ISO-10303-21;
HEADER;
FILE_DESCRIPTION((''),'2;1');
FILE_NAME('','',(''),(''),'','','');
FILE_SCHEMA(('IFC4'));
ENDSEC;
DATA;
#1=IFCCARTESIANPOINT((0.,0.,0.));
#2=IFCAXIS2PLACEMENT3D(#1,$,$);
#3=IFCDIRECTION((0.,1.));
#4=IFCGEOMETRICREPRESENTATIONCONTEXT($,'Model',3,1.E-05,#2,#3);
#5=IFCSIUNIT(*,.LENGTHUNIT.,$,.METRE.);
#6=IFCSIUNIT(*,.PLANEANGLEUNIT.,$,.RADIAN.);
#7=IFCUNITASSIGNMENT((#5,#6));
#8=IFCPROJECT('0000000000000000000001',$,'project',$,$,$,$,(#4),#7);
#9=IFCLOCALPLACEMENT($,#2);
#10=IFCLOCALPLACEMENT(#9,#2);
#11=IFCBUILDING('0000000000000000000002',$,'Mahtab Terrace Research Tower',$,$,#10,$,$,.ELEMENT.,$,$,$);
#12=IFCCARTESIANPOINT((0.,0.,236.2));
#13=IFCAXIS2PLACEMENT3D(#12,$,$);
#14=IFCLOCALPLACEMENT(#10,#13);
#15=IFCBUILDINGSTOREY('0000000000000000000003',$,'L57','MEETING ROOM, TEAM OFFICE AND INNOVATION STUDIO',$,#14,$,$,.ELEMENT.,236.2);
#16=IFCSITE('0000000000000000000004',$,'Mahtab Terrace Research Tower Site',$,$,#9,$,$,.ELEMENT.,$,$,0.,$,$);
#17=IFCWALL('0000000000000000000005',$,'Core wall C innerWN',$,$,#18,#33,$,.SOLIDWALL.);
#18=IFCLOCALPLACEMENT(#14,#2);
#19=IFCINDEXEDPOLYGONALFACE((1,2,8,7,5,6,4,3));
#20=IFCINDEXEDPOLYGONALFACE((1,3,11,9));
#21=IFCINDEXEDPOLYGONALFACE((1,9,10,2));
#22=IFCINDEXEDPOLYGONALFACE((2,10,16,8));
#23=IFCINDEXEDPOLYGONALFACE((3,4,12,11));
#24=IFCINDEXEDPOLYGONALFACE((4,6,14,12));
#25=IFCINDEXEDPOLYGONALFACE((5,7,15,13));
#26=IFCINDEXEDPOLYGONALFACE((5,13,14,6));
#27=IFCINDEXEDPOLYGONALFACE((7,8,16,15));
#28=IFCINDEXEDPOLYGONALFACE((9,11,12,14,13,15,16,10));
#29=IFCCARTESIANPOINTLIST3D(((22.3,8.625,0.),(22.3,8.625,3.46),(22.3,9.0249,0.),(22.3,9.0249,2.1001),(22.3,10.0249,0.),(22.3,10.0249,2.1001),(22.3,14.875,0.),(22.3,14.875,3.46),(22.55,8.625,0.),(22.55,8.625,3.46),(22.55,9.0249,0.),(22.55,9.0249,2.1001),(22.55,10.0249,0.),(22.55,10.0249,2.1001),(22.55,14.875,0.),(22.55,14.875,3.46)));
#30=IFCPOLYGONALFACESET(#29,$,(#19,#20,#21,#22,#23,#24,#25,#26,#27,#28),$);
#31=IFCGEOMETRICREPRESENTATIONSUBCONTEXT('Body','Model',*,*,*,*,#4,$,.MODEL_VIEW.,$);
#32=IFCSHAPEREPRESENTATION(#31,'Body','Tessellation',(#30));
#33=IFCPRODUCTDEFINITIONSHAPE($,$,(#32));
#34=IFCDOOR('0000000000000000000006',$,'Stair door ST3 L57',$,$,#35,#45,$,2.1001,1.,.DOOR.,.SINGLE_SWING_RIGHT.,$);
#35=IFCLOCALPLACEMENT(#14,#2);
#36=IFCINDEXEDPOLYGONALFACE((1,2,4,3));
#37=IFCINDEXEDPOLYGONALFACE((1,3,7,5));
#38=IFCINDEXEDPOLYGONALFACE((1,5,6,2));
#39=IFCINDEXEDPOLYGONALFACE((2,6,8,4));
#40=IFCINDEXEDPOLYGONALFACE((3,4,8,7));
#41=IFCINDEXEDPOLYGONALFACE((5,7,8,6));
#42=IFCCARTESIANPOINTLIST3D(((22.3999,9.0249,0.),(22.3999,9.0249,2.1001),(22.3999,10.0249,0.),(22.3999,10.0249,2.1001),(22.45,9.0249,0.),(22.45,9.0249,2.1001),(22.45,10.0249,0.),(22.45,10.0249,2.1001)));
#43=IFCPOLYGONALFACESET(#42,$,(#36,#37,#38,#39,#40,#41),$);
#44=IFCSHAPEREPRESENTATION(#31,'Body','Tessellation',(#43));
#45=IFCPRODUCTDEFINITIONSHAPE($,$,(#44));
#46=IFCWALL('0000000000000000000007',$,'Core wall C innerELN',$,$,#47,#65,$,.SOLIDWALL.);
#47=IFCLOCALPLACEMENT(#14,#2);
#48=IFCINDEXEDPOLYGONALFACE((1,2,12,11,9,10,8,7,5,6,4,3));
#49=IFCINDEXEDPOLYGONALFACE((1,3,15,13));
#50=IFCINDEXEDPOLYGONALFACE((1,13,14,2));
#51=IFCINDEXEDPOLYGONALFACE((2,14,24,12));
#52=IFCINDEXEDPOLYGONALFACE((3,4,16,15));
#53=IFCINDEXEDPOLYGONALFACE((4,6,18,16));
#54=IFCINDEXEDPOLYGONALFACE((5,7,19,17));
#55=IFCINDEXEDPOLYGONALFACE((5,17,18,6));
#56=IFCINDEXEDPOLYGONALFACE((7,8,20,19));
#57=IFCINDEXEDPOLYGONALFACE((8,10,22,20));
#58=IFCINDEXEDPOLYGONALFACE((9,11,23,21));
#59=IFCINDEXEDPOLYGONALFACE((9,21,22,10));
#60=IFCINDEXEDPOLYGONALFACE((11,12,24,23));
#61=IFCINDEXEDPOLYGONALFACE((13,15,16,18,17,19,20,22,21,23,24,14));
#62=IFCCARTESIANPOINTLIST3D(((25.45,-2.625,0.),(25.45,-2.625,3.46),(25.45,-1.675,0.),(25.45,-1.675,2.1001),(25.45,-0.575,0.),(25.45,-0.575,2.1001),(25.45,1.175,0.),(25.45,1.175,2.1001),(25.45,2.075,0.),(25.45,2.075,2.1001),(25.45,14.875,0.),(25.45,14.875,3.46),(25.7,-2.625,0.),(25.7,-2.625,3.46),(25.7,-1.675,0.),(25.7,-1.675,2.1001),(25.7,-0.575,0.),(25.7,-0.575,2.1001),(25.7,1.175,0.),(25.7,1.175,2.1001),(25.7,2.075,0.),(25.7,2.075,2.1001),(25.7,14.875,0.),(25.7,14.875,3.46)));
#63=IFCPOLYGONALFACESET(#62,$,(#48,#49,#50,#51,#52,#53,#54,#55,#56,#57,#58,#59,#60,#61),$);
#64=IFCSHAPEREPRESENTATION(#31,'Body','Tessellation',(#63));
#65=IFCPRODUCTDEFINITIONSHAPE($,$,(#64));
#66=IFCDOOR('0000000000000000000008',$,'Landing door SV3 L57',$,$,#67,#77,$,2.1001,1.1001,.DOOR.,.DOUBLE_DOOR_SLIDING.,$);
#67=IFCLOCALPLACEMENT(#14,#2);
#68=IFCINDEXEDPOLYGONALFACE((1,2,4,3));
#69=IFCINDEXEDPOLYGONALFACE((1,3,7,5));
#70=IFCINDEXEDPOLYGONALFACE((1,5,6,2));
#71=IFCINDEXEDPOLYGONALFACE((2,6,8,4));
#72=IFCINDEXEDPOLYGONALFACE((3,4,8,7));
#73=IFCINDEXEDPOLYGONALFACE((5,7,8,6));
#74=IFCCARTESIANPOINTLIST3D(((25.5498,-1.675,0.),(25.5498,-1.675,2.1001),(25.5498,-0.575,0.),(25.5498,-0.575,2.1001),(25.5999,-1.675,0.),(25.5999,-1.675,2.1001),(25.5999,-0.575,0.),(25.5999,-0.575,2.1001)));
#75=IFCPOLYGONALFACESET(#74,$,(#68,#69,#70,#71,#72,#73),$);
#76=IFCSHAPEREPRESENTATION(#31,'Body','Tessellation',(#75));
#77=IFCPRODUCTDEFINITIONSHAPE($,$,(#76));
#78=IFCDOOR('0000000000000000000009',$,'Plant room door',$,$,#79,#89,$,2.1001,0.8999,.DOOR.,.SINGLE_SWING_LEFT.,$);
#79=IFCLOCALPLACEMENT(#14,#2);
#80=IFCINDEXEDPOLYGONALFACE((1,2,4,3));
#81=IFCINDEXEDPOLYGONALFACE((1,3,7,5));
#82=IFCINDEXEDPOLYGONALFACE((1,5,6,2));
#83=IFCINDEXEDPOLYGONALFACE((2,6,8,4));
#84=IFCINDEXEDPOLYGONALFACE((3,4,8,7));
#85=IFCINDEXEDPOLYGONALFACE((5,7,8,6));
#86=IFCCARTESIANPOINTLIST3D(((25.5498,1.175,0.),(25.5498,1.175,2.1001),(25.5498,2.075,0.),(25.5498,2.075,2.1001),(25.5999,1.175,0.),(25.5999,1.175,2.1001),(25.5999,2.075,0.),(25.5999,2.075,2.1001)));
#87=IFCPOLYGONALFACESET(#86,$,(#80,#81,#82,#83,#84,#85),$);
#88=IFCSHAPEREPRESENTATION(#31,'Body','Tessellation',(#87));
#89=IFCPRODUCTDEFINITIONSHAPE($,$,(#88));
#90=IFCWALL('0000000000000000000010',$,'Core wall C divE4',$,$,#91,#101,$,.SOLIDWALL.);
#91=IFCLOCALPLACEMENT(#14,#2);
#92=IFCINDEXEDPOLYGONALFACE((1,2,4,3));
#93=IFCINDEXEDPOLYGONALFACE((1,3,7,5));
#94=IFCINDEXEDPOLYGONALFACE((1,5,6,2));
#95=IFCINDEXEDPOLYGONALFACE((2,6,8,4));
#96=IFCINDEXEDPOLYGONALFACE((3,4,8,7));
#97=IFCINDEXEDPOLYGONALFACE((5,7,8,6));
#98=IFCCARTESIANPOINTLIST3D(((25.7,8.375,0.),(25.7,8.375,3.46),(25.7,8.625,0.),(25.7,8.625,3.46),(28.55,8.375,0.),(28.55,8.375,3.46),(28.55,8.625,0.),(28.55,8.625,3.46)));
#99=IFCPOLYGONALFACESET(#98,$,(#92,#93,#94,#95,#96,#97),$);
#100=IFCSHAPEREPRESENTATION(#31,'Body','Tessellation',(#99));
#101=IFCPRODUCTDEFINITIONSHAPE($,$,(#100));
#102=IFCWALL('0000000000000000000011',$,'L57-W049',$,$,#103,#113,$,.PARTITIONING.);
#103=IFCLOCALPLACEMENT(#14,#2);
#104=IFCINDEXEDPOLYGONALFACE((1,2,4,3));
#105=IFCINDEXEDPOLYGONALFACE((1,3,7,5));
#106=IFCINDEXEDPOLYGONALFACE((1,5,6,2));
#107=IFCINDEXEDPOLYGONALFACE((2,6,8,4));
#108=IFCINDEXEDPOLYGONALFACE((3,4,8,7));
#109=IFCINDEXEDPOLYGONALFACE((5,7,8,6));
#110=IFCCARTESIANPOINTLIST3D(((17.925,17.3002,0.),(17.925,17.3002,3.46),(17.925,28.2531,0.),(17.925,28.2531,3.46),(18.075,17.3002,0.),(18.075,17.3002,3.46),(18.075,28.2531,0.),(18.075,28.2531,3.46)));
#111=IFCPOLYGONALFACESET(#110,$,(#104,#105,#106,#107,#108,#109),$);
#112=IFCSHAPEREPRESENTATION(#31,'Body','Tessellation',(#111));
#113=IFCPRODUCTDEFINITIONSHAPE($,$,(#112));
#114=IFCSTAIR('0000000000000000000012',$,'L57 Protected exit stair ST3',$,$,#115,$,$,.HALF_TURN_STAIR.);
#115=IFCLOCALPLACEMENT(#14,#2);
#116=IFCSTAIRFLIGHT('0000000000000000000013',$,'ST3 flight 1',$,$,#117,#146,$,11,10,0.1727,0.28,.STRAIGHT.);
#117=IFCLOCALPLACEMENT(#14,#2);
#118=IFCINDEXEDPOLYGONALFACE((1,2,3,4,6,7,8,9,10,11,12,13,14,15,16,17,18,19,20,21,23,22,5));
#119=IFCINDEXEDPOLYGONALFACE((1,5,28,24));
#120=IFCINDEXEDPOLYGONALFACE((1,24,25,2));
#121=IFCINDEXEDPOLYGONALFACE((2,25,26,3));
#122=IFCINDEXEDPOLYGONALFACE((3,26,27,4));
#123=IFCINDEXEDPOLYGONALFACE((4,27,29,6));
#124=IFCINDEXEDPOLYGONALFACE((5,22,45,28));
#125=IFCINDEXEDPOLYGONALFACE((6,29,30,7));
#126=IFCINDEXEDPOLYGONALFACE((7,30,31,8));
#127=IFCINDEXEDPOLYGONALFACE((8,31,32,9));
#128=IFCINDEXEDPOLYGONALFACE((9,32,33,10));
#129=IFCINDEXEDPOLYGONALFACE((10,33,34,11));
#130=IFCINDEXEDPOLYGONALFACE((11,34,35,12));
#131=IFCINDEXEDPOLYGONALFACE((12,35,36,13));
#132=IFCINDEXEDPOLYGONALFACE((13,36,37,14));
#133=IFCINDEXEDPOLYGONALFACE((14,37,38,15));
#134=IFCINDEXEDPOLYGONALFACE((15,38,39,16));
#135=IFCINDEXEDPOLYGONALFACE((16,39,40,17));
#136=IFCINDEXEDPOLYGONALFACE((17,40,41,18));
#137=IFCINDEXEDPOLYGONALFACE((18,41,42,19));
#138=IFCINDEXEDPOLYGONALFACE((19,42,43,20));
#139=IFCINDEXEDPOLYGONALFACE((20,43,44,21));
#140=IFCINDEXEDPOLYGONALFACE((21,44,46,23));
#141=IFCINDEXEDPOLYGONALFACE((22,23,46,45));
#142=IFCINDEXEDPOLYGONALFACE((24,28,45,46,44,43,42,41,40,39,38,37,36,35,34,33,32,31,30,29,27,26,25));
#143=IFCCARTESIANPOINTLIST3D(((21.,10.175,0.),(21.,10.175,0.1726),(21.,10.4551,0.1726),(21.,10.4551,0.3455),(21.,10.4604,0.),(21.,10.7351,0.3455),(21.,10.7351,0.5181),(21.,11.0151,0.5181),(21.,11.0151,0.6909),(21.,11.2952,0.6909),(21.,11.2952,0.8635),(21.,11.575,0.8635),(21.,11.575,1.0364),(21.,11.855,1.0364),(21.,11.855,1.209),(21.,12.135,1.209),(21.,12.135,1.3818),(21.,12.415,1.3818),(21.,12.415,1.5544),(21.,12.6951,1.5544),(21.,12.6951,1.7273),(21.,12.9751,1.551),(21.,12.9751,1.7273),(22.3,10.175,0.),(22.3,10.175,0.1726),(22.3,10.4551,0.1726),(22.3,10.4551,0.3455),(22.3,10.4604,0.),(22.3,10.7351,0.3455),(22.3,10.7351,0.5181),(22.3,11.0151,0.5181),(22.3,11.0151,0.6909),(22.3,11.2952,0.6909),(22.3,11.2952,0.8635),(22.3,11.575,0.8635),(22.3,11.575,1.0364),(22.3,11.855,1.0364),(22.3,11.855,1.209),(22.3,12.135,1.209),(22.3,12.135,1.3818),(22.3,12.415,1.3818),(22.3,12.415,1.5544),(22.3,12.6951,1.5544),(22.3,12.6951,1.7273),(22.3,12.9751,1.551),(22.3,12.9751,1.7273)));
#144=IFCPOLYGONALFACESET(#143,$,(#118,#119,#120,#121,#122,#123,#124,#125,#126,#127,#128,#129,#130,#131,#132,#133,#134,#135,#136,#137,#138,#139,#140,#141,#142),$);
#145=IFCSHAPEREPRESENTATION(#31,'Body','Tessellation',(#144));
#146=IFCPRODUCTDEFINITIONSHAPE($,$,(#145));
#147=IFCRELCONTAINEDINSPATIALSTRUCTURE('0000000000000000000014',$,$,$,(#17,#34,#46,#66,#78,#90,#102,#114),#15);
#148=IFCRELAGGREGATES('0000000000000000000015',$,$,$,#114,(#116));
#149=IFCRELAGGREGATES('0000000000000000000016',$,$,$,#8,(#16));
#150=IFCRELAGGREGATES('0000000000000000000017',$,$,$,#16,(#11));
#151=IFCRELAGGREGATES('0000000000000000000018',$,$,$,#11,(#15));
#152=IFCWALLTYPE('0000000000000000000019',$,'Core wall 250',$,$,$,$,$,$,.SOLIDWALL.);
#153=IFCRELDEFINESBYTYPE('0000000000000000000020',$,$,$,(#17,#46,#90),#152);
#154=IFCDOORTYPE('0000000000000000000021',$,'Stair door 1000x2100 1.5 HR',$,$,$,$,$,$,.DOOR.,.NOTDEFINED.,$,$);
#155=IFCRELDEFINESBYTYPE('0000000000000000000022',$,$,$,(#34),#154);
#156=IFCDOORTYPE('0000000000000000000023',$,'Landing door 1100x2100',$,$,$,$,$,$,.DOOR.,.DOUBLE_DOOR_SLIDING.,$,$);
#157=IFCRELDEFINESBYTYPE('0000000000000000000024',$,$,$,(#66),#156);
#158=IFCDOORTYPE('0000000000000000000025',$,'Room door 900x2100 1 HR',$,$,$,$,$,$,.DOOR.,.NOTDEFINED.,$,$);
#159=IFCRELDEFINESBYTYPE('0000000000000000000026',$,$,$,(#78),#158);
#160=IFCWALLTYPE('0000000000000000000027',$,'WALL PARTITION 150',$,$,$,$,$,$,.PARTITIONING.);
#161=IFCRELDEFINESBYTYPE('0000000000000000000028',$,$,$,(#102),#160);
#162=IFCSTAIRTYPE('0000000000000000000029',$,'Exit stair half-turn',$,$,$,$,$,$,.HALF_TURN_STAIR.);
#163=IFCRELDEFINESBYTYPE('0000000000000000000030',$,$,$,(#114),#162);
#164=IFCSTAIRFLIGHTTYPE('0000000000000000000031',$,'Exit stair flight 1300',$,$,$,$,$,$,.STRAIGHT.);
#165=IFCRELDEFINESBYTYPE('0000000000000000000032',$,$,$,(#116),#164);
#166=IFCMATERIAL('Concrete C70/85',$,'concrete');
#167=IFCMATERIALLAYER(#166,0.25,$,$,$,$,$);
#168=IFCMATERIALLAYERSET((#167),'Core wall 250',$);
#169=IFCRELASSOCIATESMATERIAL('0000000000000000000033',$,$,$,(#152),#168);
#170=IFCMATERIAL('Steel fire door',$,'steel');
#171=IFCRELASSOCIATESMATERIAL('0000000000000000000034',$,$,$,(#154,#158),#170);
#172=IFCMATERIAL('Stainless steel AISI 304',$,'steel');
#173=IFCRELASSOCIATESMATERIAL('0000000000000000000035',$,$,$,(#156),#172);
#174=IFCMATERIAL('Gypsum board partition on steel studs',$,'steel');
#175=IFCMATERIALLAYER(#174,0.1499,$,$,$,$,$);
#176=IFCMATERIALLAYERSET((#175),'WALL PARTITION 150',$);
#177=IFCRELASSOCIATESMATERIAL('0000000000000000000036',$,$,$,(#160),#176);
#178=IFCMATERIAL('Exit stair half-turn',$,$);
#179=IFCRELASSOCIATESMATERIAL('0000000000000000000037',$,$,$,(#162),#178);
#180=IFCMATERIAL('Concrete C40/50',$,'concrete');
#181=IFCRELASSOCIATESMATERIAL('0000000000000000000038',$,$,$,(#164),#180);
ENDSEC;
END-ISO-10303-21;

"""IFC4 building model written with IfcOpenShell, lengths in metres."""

from ifc_helpers import new_model, si_unit, direction, frame, frame_2d, origin, place, context, subcontext, project, spatial, polyline, rectangle, outline, extrude, material, layer, layer_set, type_object, element, fill, aggregate, save


model = new_model("IFC4")

# Units and contexts
model_context = context("Model", 3, precision=1e-05, world=origin(), true_north=direction((0.0, 1.0)))
body_context = subcontext(model_context, "Body", "Model", "MODEL_VIEW")
ifc_project = project(units=[si_unit("LENGTHUNIT", "METRE"), si_unit("PLANEANGLEUNIT", "RADIAN")], contexts=[model_context])

# Site, building, storey
site_placement = place(None, origin())
site = spatial("IfcSite", under=ifc_project, at=site_placement, Name="Mahtab Terrace Research Tower Site", CompositionType="ELEMENT", RefElevation=0.0)
building_placement = place(site_placement, origin())
building = spatial("IfcBuilding", under=site, at=building_placement, Name="Mahtab Terrace Research Tower", CompositionType="ELEMENT")
storey_placement = place(building_placement, frame((0.0, 0.0, 236.2)))
storey = spatial("IfcBuildingStorey", under=building, at=storey_placement, Name="L57", Description="MEETING ROOM, TEAM OFFICE AND INNOVATION STUDIO", CompositionType="ELEMENT", Elevation=236.2)

# Shared definitions
ifc_material_1 = material(Name="Concrete C70/85", Category="concrete")

# Shared definitions
ifc_layer_1 = layer(ifc_material_1, 0.25)
ifc_layer_set_1 = layer_set([ifc_layer_1], Name="Core wall 250")
wall_type_1 = type_object("IfcWallType", Name="Core wall 250", PredefinedType="SOLIDWALL", material=ifc_layer_set_1)

# Wall, opening, door
ifc_material_2 = material(Name="Steel fire door", Category="steel")
wall_1_placement = place(storey_placement, frame((22.425, 14.875, 0.0), z_axis=(0.0, 0.0, 1.0), x_axis=(0.0, -1.0, 0.0)))
wall_1 = element("IfcWall", 1, at=wall_1_placement, inside=storey, type_object=wall_type_1, Name="Core wall C innerWN", PredefinedType="SOLIDWALL", context=body_context, shape_type="SweptSolid", body=[
    extrude(rectangle(XDim=6.25, YDim=0.25, at=frame_2d((3.125, 0.0))), origin(), (0.0, 0.0, 1.0), 3.46),
])
opening_1_placement = place(wall_1_placement, frame((4.8501, 0.0, 0.0)))
opening_1 = element("IfcOpeningElement", 2, at=opening_1_placement, cuts=wall_1, PredefinedType="OPENING", context=body_context, shape_type="SweptSolid", body=[
    extrude(rectangle(XDim=1.0, YDim=2.1001, at=frame_2d((0.5, 1.05))), frame((0.0, 0.135, 0.0), z_axis=(0.0, -1.0, 0.0), x_axis=(1.0, 0.0, 0.0)), (0.0, 0.0, 1.0), 0.27),
])
door_type_1 = type_object("IfcDoorType", Name="Stair door 1000x2100 1.5 HR", OperationType="NOTDEFINED", PredefinedType="DOOR", material=ifc_material_2)
door_1_placement = place(opening_1_placement, origin())
door_1 = element("IfcDoor", 3, at=door_1_placement, inside=storey, type_object=door_type_1, Name="Stair door ST3 L57", OperationType="SINGLE_SWING_RIGHT", OverallHeight=2.1001, OverallWidth=1.0, PredefinedType="DOOR", context=body_context, shape_type="SweptSolid", body=[
    extrude(rectangle(XDim=1.0, YDim=2.1001, at=frame_2d((0.5, 1.05))), frame((0.0, 0.0249, 0.0), z_axis=(0.0, -1.0, 0.0), x_axis=(1.0, 0.0, 0.0)), (0.0, 0.0, 1.0), 0.05),
])
fill(opening_1, door_1)

# Wall, openings, doors
wall_2_placement = place(storey_placement, frame((25.575, 14.875, 0.0), z_axis=(0.0, 0.0, 1.0), x_axis=(0.0, -1.0, 0.0)))
wall_2 = element("IfcWall", 4, at=wall_2_placement, inside=storey, type_object=wall_type_1, Name="Core wall C innerELN", PredefinedType="SOLIDWALL", context=body_context, shape_type="SweptSolid", body=[
    extrude(rectangle(XDim=17.5, YDim=0.25, at=frame_2d((8.75, 0.0))), origin(), (0.0, 0.0, 1.0), 3.46),
])
opening_2_placement = place(wall_2_placement, frame((15.45, 0.0, 0.0)))
opening_2 = element("IfcOpeningElement", 5, at=opening_2_placement, cuts=wall_2, PredefinedType="OPENING", context=body_context, shape_type="SweptSolid", body=[
    extrude(rectangle(XDim=1.1001, YDim=2.1001, at=frame_2d((0.55, 1.05))), frame((0.0, 0.135, 0.0), z_axis=(0.0, -1.0, 0.0), x_axis=(1.0, 0.0, 0.0)), (0.0, 0.0, 1.0), 0.27),
])
opening_3_placement = place(wall_2_placement, frame((12.8, 0.0, 0.0)))
opening_3 = element("IfcOpeningElement", 6, at=opening_3_placement, cuts=wall_2, PredefinedType="OPENING", context=body_context, shape_type="SweptSolid", body=[
    extrude(rectangle(XDim=0.8999, YDim=2.1001, at=frame_2d((0.45, 1.05))), frame((0.0, 0.135, 0.0), z_axis=(0.0, -1.0, 0.0), x_axis=(1.0, 0.0, 0.0)), (0.0, 0.0, 1.0), 0.27),
])
ifc_material_3 = material(Name="Stainless steel AISI 304", Category="steel")
door_type_2 = type_object("IfcDoorType", Name="Landing door 1100x2100", OperationType="DOUBLE_DOOR_SLIDING", PredefinedType="DOOR", material=ifc_material_3)
door_2_placement = place(opening_2_placement, origin())
door_2 = element("IfcDoor", 7, at=door_2_placement, inside=storey, type_object=door_type_2, Name="Landing door SV3 L57", OperationType="DOUBLE_DOOR_SLIDING", OverallHeight=2.1001, OverallWidth=1.1001, PredefinedType="DOOR", context=body_context, shape_type="SweptSolid", body=[
    extrude(rectangle(XDim=1.1001, YDim=2.1001, at=frame_2d((0.55, 1.05))), frame((0.0, 0.0249, 0.0), z_axis=(0.0, -1.0, 0.0), x_axis=(1.0, 0.0, 0.0)), (0.0, 0.0, 1.0), 0.05),
])
fill(opening_2, door_2)
door_type_3 = type_object("IfcDoorType", Name="Room door 900x2100 1 HR", OperationType="NOTDEFINED", PredefinedType="DOOR", material=ifc_material_2)
door_3_placement = place(opening_3_placement, origin())
door_3 = element("IfcDoor", 8, at=door_3_placement, inside=storey, type_object=door_type_3, Name="Plant room door", OperationType="SINGLE_SWING_LEFT", OverallHeight=2.1001, OverallWidth=0.8999, PredefinedType="DOOR", context=body_context, shape_type="SweptSolid", body=[
    extrude(rectangle(XDim=0.8999, YDim=2.1001, at=frame_2d((0.45, 1.05))), frame((0.0, 0.0249, 0.0), z_axis=(0.0, -1.0, 0.0), x_axis=(1.0, 0.0, 0.0)), (0.0, 0.0, 1.0), 0.05),
])
fill(opening_3, door_3)

# Walls
wall_3_placement = place(storey_placement, frame((25.7, 8.5, 0.0), z_axis=(0.0, 0.0, 1.0), x_axis=(1.0, 0.0, 0.0)))
element("IfcWall", 9, at=wall_3_placement, inside=storey, type_object=wall_type_1, Name="Core wall C divE4", PredefinedType="SOLIDWALL", context=body_context, shape_type="SweptSolid", body=[
    extrude(rectangle(XDim=2.8501, YDim=0.25, at=frame_2d((1.425, 0.0))), origin(), (0.0, 0.0, 1.0), 3.46),
])
ifc_material_4 = material(Name="Gypsum board partition on steel studs", Category="steel")
ifc_layer_2 = layer(ifc_material_4, 0.1499)
ifc_layer_set_2 = layer_set([ifc_layer_2], Name="WALL PARTITION 150")
wall_type_2 = type_object("IfcWallType", Name="WALL PARTITION 150", PredefinedType="PARTITIONING", material=ifc_layer_set_2)
wall_4_placement = place(storey_placement, frame((18.0, 17.3, 0.0), z_axis=(0.0, 0.0, 1.0), x_axis=(0.0, 1.0, 0.0)))
element("IfcWall", 10, at=wall_4_placement, inside=storey, type_object=wall_type_2, Name="L57-W049", PredefinedType="PARTITIONING", context=body_context, shape_type="SweptSolid", body=[
    extrude(rectangle(XDim=10.9529, YDim=0.1499, at=frame_2d((5.4766, 0.0))), origin(), (0.0, 0.0, 1.0), 3.46),
])

# Stair, stair flight
ifc_material_5 = material(Name="Exit stair half-turn")
stair_type = type_object("IfcStairType", Name="Exit stair half-turn", PredefinedType="HALF_TURN_STAIR", material=ifc_material_5)
stair_placement = place(storey_placement, origin())
stair = element("IfcStair", 11, at=stair_placement, inside=storey, type_object=stair_type, Name="L57 Protected exit stair ST3", PredefinedType="HALF_TURN_STAIR")
ifc_material_6 = material(Name="Concrete C40/50", Category="concrete")
stair_flight_type = type_object("IfcStairFlightType", Name="Exit stair flight 1300", PredefinedType="STRAIGHT", material=ifc_material_6)
stair_flight_1_placement = place(storey_placement, frame((21.6499, 10.175, 0.0), z_axis=(0.0, 0.0, 1.0), x_axis=(0.0, 1.0, 0.0)))
stair_flight_1 = element("IfcStairFlight", 12, at=stair_flight_1_placement, type_object=stair_flight_type, Name="ST3 flight 1", NumberOfRisers=11, NumberOfTreads=10, PredefinedType="STRAIGHT", RiserHeight=0.1727, TreadLength=0.28, context=body_context, shape_type="SweptSolid", body=[
    extrude(outline(polyline([(0.0, 0.0), (0.0, 0.1726), (0.28, 0.1726), (0.28, 0.3455), (0.5601, 0.3455), (0.5601, 0.5181), (0.8401, 0.5181), (0.8401, 0.6909), (1.1201, 0.6909), (1.1201, 0.8635), (1.3999, 0.8635), (1.3999, 1.0364), (1.6799, 1.0364), (1.6799, 1.209), (1.96, 1.209), (1.96, 1.3818), (2.24, 1.3818), (2.24, 1.5544), (2.52, 1.5544), (2.52, 1.7273), (2.8, 1.7273), (2.8, 1.8999), (2.8, 1.551), (0.2854, 0.0), (0.0, 0.0)])), frame((0.0, 0.6499, 0.0), z_axis=(0.0, -1.0, 0.0), x_axis=(1.0, 0.0, 0.0)), (0.0, 0.0, 1.0), 1.3),
])
aggregate(stair, [stair_flight_1])

save(model, "model.ifc")
